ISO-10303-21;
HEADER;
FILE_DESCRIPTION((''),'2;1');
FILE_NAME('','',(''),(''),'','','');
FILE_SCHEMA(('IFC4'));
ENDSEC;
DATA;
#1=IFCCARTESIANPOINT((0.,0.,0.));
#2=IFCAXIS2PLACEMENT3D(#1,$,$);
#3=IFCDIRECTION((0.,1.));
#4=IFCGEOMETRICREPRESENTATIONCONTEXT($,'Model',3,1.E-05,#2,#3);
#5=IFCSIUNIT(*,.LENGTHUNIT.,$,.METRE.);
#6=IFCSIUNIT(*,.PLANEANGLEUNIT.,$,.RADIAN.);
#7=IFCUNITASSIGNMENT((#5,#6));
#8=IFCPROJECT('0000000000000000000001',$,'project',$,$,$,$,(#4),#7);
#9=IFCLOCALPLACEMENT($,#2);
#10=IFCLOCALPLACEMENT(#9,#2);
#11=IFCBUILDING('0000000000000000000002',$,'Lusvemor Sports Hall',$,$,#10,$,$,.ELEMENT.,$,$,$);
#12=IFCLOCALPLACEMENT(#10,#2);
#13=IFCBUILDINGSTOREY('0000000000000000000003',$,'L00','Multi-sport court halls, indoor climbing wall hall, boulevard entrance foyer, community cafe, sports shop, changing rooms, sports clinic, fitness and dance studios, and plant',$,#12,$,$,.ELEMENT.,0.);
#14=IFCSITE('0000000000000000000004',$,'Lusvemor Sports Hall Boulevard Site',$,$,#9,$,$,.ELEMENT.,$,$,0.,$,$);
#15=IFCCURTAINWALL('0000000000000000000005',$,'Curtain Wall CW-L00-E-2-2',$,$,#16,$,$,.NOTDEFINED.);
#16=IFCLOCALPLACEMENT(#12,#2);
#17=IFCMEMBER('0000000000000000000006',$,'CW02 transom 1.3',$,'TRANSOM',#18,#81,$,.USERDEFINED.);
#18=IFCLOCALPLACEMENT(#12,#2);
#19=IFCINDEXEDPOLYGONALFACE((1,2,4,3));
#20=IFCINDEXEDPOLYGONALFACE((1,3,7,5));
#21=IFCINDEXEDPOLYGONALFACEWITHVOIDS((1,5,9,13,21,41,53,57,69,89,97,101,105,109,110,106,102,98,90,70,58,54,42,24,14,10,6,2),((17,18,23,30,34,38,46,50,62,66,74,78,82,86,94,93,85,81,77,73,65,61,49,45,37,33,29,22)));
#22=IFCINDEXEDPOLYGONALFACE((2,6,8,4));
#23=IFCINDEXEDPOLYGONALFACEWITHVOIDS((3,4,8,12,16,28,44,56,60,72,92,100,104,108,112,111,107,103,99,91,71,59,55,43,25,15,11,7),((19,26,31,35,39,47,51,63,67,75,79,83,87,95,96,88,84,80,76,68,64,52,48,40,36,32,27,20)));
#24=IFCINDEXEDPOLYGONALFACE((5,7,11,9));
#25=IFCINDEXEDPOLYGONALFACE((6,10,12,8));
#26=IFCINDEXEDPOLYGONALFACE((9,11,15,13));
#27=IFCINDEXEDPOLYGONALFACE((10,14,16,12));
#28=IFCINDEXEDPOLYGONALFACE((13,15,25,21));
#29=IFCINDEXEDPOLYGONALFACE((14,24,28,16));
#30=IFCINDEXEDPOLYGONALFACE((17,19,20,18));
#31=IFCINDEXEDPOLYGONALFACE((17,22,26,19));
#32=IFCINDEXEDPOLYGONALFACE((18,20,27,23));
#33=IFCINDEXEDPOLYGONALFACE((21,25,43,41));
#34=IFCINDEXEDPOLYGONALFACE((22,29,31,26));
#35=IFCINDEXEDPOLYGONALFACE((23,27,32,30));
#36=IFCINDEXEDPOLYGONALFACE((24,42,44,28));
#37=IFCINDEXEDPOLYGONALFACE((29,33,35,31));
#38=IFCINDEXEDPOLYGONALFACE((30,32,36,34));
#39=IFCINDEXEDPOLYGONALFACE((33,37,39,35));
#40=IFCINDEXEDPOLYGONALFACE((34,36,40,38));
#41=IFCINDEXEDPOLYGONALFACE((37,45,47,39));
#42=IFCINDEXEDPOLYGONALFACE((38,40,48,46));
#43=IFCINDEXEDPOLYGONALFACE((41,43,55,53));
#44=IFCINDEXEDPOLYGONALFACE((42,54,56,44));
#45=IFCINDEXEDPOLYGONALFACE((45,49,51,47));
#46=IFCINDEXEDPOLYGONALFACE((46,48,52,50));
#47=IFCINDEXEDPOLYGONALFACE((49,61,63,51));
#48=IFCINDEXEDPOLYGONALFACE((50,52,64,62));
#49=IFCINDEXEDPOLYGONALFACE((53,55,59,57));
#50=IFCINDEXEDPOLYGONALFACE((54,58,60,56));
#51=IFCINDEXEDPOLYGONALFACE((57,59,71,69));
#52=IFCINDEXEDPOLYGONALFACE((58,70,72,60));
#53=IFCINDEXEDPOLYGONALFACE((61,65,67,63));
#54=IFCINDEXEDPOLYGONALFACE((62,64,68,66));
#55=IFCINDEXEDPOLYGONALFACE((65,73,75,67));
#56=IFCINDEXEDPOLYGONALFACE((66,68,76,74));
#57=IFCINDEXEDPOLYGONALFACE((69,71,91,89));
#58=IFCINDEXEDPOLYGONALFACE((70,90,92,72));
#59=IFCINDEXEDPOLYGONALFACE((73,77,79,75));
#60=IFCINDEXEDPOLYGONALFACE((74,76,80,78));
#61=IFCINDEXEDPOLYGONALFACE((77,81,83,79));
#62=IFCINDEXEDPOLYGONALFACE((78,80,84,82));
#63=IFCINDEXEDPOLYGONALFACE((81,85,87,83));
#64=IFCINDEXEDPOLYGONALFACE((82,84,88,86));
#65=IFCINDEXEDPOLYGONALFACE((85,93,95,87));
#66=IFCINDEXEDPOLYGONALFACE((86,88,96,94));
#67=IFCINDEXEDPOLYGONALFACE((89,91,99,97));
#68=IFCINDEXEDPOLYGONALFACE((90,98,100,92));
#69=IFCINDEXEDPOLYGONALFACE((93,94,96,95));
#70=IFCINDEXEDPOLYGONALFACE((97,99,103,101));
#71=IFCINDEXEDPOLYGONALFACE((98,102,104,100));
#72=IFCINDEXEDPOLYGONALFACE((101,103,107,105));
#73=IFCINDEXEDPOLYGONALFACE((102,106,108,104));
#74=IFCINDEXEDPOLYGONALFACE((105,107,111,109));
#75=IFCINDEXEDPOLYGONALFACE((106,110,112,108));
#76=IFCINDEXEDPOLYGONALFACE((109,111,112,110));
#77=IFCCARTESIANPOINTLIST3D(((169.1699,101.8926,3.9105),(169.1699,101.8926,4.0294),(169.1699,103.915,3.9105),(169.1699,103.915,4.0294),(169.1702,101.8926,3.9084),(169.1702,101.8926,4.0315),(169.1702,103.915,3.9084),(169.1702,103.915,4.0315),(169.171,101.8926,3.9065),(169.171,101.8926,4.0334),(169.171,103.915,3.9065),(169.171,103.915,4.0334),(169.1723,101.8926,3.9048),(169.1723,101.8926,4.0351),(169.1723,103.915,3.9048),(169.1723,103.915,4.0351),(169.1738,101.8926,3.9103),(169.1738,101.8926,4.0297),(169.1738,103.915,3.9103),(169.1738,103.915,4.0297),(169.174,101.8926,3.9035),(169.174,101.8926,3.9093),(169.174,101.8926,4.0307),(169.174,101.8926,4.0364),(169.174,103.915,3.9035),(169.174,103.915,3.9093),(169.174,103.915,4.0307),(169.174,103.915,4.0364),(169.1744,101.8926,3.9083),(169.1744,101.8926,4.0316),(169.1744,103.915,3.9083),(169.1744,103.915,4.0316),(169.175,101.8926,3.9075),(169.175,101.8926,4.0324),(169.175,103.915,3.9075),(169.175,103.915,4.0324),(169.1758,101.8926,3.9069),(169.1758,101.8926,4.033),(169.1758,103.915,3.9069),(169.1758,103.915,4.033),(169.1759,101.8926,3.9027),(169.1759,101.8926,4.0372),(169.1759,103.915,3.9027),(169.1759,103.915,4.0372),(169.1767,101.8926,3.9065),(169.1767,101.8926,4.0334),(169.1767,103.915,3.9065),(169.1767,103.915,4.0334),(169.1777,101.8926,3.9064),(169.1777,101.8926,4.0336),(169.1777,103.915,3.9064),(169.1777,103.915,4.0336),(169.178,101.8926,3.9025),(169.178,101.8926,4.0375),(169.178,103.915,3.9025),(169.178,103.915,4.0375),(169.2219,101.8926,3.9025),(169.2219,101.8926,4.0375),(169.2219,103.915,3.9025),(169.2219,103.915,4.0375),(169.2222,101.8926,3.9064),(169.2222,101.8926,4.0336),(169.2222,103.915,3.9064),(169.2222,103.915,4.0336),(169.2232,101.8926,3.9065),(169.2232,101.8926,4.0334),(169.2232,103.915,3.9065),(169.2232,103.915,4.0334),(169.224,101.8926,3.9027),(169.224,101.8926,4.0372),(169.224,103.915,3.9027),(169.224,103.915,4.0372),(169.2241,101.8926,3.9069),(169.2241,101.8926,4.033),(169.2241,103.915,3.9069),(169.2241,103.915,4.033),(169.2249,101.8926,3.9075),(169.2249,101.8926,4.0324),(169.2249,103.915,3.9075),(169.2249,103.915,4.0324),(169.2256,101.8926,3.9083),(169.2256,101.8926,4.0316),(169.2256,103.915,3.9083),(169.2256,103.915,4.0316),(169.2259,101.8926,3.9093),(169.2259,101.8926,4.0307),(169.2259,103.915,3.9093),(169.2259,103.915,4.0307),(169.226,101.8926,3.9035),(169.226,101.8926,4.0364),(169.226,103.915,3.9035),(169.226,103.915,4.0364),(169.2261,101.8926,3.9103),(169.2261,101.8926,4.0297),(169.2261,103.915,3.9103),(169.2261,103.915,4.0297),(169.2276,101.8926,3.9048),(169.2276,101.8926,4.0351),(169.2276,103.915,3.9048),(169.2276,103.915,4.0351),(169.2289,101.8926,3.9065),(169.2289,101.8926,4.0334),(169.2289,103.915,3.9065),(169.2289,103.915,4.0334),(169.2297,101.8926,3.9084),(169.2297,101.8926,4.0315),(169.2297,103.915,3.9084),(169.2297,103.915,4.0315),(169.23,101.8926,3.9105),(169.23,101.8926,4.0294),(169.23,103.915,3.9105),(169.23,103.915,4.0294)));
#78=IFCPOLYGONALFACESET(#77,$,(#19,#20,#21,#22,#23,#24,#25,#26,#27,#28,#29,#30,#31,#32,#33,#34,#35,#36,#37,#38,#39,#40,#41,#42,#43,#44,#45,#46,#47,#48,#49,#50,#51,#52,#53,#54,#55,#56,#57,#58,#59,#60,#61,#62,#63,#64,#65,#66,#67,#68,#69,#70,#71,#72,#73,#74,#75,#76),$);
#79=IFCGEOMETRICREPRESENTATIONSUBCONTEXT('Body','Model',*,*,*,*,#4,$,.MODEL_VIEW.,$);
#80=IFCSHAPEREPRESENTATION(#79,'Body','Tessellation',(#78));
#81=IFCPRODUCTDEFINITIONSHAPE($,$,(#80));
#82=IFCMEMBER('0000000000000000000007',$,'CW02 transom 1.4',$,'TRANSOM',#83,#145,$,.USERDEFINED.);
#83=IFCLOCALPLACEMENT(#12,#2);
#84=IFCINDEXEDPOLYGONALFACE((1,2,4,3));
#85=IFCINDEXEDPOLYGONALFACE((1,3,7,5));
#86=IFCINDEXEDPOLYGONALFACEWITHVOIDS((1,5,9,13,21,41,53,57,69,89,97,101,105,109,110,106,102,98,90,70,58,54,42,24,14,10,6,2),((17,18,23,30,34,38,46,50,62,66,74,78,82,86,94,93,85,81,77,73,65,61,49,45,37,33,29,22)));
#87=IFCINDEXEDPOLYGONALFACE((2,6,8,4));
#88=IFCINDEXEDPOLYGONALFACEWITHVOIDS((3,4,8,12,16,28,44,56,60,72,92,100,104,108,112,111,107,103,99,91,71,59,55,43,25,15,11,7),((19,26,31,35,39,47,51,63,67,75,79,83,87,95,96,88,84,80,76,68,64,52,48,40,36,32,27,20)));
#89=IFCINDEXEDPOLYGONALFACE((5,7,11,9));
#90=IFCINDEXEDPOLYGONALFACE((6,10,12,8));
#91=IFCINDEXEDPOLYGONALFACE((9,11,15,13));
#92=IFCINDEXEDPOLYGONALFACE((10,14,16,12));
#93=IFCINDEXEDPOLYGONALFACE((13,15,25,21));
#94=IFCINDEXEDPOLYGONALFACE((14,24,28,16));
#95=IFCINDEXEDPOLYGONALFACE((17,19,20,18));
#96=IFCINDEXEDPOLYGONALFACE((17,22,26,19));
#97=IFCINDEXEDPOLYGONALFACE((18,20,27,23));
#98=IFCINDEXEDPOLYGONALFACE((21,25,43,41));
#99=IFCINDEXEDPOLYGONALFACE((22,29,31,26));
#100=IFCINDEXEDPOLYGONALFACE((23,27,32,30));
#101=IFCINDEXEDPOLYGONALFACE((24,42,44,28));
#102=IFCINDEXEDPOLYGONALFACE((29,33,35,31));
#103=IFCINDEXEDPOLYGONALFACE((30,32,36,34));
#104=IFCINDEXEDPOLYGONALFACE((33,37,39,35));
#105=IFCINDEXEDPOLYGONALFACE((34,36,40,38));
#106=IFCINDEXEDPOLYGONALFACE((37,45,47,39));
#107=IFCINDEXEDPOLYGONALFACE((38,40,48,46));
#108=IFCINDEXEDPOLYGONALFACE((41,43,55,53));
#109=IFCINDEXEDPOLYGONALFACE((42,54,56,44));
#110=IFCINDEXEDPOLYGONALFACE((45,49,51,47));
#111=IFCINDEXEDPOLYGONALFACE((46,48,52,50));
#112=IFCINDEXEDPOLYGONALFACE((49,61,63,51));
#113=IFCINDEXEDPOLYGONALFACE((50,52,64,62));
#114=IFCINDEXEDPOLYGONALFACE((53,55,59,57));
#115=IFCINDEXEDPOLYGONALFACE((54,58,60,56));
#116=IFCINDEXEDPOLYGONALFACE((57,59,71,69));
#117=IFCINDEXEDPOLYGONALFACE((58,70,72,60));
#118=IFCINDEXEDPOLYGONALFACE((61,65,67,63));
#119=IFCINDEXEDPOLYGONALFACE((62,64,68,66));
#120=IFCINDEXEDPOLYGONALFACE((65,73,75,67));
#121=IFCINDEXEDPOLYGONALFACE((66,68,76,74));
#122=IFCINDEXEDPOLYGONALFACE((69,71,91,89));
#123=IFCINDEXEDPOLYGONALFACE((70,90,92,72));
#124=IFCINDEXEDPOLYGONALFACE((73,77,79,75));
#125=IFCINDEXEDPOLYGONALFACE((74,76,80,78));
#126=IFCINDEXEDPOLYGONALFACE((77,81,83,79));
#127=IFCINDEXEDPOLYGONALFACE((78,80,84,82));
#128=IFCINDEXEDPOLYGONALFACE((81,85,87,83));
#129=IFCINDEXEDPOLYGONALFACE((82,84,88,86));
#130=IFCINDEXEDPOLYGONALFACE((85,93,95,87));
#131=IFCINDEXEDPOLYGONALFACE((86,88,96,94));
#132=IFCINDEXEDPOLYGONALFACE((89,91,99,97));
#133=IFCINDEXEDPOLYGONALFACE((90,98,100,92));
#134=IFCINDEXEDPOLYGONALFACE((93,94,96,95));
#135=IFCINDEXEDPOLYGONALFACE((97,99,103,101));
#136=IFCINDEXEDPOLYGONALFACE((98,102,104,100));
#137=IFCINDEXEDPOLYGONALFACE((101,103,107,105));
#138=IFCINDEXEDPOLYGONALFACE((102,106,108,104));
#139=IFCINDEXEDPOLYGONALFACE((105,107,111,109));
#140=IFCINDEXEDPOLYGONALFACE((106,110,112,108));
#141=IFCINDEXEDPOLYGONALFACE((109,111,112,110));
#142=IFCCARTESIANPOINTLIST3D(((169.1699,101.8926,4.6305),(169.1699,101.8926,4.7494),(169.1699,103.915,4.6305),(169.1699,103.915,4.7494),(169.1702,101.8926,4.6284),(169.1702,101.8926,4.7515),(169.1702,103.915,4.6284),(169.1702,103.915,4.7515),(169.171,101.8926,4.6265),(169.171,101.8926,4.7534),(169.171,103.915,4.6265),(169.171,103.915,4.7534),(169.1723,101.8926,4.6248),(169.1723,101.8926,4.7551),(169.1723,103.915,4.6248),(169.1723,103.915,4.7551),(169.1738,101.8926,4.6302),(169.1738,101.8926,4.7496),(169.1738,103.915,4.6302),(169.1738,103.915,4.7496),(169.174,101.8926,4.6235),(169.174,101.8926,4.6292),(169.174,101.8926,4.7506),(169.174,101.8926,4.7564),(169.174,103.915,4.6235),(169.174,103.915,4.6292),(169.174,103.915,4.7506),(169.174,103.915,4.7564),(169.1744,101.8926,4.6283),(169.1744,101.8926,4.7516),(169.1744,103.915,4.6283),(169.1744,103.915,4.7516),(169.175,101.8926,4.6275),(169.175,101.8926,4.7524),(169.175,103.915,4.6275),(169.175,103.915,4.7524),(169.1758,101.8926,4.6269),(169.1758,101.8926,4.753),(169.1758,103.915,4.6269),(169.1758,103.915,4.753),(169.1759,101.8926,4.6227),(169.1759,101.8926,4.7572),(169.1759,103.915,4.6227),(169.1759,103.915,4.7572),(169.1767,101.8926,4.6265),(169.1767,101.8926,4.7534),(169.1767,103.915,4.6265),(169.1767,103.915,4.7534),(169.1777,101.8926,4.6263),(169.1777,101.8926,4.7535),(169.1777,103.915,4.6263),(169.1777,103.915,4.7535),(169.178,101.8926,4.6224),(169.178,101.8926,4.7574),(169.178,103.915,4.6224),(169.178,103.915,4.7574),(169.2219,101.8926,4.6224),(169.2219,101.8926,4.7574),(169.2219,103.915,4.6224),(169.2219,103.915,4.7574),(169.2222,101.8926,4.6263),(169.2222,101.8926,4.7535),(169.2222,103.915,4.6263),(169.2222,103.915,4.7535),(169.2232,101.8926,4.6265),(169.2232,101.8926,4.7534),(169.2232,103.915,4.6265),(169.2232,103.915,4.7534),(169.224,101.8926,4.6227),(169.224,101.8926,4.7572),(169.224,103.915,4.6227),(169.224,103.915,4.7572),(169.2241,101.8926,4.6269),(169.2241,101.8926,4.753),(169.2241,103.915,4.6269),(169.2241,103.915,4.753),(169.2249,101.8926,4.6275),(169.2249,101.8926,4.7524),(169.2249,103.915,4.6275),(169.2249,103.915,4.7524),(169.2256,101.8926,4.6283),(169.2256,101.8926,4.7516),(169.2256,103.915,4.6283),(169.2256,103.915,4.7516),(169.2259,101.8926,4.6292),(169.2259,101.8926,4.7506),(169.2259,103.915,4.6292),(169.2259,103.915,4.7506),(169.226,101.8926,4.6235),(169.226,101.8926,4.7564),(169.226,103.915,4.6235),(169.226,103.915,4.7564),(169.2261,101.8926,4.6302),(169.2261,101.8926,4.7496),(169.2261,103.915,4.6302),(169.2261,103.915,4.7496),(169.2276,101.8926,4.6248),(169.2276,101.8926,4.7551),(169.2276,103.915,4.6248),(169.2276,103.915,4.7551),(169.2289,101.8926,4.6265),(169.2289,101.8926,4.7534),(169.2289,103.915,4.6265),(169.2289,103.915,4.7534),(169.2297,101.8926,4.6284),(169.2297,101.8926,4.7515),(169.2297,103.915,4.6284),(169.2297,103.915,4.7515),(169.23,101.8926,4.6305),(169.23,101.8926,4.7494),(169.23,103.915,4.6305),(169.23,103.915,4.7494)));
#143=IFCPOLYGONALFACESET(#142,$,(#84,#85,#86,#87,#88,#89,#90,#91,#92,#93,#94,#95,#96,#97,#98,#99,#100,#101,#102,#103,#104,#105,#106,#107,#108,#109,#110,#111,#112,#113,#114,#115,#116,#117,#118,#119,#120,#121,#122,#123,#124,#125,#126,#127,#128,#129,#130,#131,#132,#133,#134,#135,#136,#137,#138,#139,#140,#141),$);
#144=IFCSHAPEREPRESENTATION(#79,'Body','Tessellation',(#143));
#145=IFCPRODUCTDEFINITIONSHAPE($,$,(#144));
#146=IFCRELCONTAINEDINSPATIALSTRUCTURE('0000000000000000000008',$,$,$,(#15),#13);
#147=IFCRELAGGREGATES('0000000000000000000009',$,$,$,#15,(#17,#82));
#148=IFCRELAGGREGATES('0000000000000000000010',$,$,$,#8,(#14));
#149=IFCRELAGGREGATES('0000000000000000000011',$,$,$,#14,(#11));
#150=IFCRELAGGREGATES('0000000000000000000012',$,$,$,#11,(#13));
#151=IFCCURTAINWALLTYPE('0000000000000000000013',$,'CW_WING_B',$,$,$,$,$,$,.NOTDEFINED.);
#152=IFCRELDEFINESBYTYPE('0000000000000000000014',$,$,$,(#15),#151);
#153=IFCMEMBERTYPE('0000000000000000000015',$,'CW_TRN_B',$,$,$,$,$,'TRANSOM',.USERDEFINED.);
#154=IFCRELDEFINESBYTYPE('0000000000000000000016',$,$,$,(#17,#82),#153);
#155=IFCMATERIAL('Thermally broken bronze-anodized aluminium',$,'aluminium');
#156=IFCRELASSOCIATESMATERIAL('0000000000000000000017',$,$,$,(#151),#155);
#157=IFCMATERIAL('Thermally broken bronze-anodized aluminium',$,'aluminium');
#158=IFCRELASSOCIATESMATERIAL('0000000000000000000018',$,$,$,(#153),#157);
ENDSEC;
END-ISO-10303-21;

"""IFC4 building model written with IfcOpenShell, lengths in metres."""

from ifc_helpers import new_model, si_unit, direction, frame, origin, origin_2d, place, context, subcontext, project, spatial, hollow_rectangle, extrude, material, material_profile, profile_set, type_object, element, aggregate, save


model = new_model("IFC4")

# Units and contexts
model_context = context("Model", 3, precision=1e-05, world=origin(), true_north=direction((0.0, 1.0)))
body_context = subcontext(model_context, "Body", "Model", "MODEL_VIEW")
ifc_project = project(units=[si_unit("LENGTHUNIT", "METRE"), si_unit("PLANEANGLEUNIT", "RADIAN")], contexts=[model_context])

# Site, building, storey
site_placement = place(None, origin())
site = spatial("IfcSite", under=ifc_project, at=site_placement, Name="Lusvemor Sports Hall Boulevard Site", CompositionType="ELEMENT", RefElevation=0.0)
building_placement = place(site_placement, origin())
building = spatial("IfcBuilding", under=site, at=building_placement, Name="Lusvemor Sports Hall", CompositionType="ELEMENT")
storey_placement = place(building_placement, origin())
storey = spatial("IfcBuildingStorey", under=building, at=storey_placement, Name="L00", Description="Multi-sport court halls, indoor climbing wall hall, boulevard entrance foyer, community cafe, sports shop, changing rooms, sports clinic, fitness and dance studios, and plant", CompositionType="ELEMENT", Elevation=0.0)

# Curtain wall, members
ifc_material_1 = material(Name="Thermally broken bronze-anodized aluminium", Category="aluminium")
curtain_wall_type = type_object("IfcCurtainWallType", Name="CW_WING_B", PredefinedType="NOTDEFINED", material=ifc_material_1)
curtain_wall_placement = place(storey_placement, origin())
curtain_wall = element("IfcCurtainWall", 1, at=curtain_wall_placement, inside=storey, type_object=curtain_wall_type, Name="Curtain Wall CW-L00-E-2-2", PredefinedType="NOTDEFINED")
ifc_material_2 = material(Name="Thermally broken bronze-anodized aluminium", Category="aluminium")
ifc_material_profile_1 = material_profile(ifc_material_2, hollow_rectangle(XDim=0.0601, YDim=0.135, WallThickness=0.0039, InnerFilletRadius=0.0039, OuterFilletRadius=0.0081, at=origin_2d()), Name="CWTRN135x60x4")
ifc_profile_set_1 = profile_set([ifc_material_profile_1], Name="Thermally broken bronze-anodized aluminium")
member_type_1 = type_object("IfcMemberType", Name="CW_TRN_B", ElementType="TRANSOM", PredefinedType="USERDEFINED", material=ifc_profile_set_1)
member_1_placement = place(storey_placement, frame((169.2, 103.915, 3.97), z_axis=(0.0, -1.0, 0.0), x_axis=(1.0, 0.0, 0.0)))
member_1 = element("IfcMember", 2, at=member_1_placement, type_object=member_type_1, Name="CW02 transom 1.3", ObjectType="TRANSOM", PredefinedType="USERDEFINED", context=body_context, shape_type="SweptSolid", body=[
    extrude(hollow_rectangle(XDim=0.0601, YDim=0.135, WallThickness=0.0039, InnerFilletRadius=0.0039, OuterFilletRadius=0.0081, at=origin_2d()), origin(), (0.0, 0.0, 1.0), 2.0225),
])
member_2_placement = place(storey_placement, frame((169.2, 103.915, 4.6899), z_axis=(0.0, -1.0, 0.0), x_axis=(1.0, 0.0, 0.0)))
member_2 = element("IfcMember", 3, at=member_2_placement, type_object=member_type_1, Name="CW02 transom 1.4", ObjectType="TRANSOM", PredefinedType="USERDEFINED", context=body_context, shape_type="SweptSolid", body=[
    extrude(hollow_rectangle(XDim=0.0601, YDim=0.135, WallThickness=0.0039, InnerFilletRadius=0.0039, OuterFilletRadius=0.0081, at=origin_2d()), origin(), (0.0, 0.0, 1.0), 2.0225),
])
aggregate(curtain_wall, [member_1, member_2])

save(model, "model.ifc")
